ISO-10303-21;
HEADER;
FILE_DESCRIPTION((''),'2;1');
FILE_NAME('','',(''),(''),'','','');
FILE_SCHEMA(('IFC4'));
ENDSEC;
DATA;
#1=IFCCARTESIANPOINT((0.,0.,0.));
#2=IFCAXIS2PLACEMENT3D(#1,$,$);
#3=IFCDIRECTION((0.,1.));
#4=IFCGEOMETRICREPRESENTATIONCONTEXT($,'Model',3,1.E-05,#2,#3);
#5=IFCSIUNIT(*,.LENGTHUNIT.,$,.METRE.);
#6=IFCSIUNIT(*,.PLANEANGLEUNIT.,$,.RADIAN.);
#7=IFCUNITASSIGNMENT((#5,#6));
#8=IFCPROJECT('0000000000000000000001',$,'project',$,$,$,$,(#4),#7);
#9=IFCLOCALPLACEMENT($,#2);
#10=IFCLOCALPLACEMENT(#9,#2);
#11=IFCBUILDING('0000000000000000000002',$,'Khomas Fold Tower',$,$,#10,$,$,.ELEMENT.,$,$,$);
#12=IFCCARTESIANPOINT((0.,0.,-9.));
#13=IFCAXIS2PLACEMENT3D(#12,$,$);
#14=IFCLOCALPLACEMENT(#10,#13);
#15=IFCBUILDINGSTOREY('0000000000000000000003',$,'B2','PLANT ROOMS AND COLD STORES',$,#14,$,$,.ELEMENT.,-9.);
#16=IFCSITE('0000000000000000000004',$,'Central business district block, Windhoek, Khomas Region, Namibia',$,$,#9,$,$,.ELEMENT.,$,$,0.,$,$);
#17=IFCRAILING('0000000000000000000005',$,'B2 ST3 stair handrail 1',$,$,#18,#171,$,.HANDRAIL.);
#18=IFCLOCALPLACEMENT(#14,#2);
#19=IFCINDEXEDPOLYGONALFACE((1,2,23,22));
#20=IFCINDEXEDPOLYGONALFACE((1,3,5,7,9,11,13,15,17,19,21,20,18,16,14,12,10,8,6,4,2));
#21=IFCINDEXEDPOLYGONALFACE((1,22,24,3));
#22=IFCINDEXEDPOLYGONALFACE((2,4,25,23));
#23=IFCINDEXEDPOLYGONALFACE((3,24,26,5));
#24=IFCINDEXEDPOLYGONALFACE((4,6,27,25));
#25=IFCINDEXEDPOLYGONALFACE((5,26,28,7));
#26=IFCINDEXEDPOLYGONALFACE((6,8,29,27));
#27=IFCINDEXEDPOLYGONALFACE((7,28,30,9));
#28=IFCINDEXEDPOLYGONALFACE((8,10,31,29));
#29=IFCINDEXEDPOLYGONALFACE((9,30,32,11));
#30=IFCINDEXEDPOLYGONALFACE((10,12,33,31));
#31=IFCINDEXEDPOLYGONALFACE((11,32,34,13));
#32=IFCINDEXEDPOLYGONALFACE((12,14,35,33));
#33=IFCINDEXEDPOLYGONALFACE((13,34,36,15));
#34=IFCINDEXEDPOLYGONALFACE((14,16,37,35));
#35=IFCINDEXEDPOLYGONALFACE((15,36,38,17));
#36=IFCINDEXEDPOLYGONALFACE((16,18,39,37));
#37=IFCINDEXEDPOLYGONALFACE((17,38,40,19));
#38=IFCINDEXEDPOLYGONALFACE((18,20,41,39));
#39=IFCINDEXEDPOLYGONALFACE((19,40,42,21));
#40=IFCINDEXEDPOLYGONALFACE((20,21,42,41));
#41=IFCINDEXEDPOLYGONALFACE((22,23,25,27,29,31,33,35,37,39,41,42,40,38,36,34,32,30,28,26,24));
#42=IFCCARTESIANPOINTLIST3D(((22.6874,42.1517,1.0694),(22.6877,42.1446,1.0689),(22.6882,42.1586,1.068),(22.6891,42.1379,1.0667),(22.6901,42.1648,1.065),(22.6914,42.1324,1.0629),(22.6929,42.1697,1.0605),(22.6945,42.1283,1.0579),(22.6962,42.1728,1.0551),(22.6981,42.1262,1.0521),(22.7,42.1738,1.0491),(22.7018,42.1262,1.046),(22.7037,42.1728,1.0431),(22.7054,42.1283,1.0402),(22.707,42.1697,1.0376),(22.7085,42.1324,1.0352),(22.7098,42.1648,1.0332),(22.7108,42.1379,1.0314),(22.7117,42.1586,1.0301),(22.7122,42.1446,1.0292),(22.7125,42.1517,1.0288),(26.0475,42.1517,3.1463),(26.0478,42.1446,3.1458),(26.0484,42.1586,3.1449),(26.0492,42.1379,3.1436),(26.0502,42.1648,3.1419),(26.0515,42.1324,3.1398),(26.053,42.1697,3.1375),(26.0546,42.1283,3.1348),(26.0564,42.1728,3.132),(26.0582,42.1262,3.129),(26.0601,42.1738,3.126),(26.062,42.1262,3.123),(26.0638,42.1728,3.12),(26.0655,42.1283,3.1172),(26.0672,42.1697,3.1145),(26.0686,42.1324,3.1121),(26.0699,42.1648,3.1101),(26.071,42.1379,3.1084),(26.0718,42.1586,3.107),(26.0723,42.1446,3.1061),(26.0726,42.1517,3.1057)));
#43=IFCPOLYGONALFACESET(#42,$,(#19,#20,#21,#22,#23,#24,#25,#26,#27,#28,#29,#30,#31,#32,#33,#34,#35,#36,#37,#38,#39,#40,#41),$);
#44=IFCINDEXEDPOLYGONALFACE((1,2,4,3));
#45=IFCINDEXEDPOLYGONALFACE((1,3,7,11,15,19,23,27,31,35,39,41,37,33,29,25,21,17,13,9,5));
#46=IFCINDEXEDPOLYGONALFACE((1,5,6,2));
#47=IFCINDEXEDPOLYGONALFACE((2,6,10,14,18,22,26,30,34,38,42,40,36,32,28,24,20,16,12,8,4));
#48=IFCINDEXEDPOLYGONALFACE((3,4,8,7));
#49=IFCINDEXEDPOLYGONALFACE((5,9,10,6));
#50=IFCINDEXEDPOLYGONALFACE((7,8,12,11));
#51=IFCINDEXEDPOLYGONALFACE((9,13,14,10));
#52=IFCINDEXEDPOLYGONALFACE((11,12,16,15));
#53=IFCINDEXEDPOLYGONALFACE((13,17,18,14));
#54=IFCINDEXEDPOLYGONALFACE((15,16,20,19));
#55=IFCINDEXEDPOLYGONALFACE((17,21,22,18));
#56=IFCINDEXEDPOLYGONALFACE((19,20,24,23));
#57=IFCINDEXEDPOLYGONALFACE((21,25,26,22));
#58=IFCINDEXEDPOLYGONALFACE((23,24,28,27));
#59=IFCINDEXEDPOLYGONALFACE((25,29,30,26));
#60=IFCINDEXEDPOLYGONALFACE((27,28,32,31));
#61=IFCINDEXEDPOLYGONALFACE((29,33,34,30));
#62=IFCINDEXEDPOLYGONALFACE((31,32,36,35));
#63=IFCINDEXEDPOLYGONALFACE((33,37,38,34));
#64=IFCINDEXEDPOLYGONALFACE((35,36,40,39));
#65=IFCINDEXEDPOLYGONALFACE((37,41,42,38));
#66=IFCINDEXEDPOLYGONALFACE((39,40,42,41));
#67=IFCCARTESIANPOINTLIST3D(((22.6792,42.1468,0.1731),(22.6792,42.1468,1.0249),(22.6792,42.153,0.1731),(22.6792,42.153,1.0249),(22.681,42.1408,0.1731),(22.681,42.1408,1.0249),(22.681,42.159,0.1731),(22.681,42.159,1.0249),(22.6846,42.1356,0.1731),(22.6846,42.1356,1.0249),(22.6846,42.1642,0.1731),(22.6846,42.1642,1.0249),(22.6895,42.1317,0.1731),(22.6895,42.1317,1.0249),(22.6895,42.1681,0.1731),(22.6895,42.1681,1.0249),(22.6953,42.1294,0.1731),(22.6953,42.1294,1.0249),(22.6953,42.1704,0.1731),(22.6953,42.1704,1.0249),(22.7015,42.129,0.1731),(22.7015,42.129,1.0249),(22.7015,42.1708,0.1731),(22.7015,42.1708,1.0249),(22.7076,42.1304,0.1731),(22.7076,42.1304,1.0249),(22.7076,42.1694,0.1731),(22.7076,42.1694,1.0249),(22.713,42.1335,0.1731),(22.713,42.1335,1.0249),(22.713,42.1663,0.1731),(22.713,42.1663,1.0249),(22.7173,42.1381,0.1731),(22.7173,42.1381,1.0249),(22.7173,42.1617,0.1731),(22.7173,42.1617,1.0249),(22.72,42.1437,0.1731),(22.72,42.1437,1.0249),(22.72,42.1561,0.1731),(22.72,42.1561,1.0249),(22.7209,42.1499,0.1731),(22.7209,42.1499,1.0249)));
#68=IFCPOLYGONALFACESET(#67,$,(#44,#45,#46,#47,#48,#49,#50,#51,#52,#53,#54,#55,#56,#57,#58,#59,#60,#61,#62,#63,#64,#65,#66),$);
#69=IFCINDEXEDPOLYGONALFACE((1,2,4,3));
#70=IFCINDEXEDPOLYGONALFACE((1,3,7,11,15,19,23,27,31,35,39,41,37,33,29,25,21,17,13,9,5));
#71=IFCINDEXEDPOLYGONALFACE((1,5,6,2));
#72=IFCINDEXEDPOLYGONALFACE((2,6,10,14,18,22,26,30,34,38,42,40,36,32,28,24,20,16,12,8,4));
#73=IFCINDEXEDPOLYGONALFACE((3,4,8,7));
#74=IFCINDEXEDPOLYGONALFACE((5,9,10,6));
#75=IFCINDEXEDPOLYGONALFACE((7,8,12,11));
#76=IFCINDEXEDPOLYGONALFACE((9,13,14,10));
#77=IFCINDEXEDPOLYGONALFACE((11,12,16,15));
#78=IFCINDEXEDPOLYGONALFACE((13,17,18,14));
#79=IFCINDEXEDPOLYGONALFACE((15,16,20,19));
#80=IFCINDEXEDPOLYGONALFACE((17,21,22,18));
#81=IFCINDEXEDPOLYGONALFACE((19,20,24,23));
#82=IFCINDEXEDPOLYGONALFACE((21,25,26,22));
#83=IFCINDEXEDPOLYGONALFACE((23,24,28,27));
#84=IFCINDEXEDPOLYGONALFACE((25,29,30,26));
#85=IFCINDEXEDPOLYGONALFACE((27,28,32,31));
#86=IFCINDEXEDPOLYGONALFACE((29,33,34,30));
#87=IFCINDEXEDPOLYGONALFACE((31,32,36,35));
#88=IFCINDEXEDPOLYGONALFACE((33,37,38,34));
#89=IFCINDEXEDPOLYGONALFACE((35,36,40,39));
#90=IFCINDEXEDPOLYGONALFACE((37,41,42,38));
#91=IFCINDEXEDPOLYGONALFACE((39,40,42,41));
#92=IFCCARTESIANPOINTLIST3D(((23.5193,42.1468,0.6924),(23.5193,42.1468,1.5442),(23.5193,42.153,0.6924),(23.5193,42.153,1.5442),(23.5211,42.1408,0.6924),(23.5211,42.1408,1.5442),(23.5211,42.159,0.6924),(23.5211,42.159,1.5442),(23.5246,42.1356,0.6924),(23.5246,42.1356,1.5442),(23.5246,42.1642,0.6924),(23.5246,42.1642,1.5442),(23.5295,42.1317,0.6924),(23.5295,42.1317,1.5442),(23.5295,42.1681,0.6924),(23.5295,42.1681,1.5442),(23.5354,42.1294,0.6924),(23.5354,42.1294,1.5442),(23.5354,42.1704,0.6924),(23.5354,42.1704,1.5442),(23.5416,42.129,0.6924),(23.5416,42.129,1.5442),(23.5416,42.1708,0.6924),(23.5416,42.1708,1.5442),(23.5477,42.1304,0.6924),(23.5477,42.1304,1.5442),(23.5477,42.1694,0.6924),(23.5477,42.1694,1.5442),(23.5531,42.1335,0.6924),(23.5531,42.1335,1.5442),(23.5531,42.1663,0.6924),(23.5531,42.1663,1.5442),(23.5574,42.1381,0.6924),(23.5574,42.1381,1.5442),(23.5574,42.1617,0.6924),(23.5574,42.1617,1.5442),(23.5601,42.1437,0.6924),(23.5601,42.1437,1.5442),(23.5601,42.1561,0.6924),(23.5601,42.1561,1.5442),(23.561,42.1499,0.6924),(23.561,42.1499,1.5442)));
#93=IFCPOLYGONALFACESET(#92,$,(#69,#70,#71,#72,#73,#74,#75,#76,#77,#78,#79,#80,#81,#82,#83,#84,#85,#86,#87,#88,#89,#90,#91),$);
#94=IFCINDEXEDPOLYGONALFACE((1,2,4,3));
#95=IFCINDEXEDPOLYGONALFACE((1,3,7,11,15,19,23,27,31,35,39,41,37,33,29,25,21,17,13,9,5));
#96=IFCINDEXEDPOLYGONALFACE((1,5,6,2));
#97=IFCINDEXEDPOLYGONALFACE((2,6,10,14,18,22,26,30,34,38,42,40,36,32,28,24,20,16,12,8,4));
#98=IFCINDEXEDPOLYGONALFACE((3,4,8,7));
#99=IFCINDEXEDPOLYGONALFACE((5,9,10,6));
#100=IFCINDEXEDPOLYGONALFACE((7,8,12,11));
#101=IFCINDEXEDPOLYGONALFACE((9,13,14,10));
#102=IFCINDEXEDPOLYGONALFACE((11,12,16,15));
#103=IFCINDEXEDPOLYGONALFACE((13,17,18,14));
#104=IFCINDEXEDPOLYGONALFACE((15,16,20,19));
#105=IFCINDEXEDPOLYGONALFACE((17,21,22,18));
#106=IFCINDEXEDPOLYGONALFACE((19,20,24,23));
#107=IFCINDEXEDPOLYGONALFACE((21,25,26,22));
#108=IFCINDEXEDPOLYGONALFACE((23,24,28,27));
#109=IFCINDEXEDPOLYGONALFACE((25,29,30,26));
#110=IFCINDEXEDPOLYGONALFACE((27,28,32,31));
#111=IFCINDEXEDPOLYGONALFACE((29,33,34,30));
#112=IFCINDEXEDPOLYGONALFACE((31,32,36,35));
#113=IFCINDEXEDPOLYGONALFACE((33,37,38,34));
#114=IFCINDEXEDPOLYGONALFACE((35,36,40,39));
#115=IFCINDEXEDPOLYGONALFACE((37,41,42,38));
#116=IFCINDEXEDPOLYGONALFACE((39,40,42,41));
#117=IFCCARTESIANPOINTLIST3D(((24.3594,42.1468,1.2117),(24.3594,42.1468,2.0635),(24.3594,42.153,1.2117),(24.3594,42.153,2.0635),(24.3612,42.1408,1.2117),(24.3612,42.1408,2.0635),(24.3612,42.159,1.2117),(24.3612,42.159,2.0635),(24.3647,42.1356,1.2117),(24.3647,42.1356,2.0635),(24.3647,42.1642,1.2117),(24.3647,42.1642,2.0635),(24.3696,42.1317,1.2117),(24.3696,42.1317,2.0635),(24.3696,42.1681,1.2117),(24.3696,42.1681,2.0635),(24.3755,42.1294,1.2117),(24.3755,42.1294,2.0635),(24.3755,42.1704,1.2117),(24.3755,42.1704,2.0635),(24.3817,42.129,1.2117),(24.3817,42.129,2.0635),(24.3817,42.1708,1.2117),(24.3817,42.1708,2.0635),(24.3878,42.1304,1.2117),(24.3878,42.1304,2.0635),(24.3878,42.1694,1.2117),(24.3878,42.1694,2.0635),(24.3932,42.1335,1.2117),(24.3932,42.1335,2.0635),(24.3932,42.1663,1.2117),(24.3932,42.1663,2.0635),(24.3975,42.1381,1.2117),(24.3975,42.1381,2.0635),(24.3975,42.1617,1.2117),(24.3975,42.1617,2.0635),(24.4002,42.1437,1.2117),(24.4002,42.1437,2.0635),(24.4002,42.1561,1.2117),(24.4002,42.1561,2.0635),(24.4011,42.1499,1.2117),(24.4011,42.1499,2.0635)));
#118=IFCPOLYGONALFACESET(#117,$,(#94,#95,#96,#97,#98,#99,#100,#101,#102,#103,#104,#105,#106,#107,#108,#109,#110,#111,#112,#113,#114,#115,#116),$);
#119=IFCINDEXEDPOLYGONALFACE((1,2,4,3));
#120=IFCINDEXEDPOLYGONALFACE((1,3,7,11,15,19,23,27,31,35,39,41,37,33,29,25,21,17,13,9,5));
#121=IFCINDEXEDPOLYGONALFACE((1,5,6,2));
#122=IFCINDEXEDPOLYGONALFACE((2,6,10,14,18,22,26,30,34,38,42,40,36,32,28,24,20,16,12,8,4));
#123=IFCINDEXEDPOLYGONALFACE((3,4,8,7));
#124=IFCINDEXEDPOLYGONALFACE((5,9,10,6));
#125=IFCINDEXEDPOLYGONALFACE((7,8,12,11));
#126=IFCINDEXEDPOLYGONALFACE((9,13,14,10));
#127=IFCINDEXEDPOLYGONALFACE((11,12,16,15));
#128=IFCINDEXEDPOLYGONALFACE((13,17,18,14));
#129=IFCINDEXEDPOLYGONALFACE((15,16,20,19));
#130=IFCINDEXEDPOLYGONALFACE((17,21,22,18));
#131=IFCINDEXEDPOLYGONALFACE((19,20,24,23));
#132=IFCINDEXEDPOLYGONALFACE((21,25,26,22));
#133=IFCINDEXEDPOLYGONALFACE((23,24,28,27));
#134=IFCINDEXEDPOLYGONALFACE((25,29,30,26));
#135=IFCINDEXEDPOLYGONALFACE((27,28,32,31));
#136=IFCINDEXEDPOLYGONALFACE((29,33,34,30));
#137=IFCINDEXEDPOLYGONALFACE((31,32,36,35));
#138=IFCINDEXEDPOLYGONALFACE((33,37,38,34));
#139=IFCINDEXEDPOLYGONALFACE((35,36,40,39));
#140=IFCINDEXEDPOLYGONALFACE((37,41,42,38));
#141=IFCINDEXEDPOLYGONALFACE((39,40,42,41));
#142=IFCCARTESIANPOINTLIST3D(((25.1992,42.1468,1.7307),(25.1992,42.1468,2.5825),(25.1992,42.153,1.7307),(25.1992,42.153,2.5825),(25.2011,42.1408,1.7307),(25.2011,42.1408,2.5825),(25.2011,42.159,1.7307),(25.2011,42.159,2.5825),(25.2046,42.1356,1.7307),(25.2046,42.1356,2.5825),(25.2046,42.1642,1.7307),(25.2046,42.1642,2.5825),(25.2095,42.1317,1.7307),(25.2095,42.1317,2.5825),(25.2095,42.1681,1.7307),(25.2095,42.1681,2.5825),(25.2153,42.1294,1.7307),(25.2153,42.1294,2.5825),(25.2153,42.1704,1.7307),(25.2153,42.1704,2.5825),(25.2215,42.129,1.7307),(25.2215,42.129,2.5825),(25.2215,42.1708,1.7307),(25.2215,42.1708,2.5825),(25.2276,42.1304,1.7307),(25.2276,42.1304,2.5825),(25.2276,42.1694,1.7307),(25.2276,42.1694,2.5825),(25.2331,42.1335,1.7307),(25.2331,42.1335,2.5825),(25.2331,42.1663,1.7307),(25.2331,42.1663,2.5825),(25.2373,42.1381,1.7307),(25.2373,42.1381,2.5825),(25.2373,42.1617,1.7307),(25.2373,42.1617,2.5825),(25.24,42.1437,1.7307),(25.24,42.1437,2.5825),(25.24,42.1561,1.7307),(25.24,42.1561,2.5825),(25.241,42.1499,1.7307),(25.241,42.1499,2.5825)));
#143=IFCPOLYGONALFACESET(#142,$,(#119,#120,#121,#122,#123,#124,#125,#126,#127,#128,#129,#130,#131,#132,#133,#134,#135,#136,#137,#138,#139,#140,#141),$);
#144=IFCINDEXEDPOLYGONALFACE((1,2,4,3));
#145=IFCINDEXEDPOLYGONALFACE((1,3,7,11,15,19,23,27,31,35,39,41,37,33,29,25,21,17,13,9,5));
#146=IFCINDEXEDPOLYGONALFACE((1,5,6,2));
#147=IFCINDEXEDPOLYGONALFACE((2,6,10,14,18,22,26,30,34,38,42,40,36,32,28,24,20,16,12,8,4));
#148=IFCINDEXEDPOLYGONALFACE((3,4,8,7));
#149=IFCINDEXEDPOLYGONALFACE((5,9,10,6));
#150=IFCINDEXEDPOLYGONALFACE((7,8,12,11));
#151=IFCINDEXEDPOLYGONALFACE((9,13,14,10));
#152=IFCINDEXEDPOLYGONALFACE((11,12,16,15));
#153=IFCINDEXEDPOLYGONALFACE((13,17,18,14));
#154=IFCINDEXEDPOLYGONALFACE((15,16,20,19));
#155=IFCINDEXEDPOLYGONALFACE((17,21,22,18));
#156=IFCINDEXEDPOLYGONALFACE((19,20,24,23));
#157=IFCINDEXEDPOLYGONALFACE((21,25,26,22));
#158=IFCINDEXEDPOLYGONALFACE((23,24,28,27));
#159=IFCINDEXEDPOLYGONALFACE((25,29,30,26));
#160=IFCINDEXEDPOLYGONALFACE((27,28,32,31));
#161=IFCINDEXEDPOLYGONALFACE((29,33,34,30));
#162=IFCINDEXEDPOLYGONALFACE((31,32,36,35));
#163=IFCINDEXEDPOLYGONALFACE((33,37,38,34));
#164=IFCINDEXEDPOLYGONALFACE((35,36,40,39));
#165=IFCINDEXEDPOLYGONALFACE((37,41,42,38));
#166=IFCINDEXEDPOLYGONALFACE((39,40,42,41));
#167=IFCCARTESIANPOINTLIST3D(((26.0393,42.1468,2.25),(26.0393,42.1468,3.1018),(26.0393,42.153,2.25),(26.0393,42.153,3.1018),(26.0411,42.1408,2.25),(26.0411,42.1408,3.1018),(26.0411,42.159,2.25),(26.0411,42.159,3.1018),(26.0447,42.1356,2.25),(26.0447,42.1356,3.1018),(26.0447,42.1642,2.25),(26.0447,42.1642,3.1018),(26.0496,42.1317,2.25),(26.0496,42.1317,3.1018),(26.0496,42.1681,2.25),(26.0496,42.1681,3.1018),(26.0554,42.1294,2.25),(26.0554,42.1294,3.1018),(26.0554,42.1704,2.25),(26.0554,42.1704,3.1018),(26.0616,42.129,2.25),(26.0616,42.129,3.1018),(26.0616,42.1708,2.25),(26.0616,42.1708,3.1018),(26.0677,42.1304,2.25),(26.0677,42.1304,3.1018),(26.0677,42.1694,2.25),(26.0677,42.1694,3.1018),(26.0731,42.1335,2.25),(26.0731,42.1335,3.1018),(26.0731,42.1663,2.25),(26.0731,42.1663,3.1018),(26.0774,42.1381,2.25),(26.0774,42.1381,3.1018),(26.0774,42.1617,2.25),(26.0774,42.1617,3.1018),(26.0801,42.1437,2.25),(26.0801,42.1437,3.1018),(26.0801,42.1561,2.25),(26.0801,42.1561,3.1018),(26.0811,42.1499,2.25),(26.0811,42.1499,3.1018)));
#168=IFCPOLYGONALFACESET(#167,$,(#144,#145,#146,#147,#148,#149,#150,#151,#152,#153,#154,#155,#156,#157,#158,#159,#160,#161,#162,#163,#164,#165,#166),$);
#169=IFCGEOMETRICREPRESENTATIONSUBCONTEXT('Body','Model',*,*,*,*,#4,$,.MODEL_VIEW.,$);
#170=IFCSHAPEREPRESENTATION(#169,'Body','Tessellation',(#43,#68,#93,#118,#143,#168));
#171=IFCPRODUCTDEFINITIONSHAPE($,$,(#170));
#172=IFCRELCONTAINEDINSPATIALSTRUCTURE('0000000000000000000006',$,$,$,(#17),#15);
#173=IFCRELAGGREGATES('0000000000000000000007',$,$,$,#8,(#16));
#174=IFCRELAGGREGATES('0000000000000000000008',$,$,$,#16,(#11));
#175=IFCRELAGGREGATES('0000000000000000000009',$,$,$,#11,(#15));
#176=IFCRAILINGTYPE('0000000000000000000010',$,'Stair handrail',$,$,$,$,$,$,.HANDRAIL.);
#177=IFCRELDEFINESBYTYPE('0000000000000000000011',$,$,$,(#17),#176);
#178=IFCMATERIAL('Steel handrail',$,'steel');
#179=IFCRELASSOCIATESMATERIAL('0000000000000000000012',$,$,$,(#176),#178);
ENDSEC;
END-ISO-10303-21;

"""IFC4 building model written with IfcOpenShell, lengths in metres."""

from ifc_helpers import new_model, si_unit, direction, frame, origin, origin_2d, place, context, subcontext, project, spatial, circle, extrude, source, transform, mapped, material, type_object, element, save


model = new_model("IFC4")

# Units and contexts
model_context = context("Model", 3, precision=1e-05, world=origin(), true_north=direction((0.0, 1.0)))
body_context = subcontext(model_context, "Body", "Model", "MODEL_VIEW")
ifc_project = project(units=[si_unit("LENGTHUNIT", "METRE"), si_unit("PLANEANGLEUNIT", "RADIAN")], contexts=[model_context])

# Site, building, storey
site_placement = place(None, origin())
site = spatial("IfcSite", under=ifc_project, at=site_placement, Name="Central business district block, Windhoek, Khomas Region, Namibia", CompositionType="ELEMENT", RefElevation=0.0)
building_placement = place(site_placement, origin())
building = spatial("IfcBuilding", under=site, at=building_placement, Name="Khomas Fold Tower", CompositionType="ELEMENT")
storey_placement = place(building_placement, frame((0.0, 0.0, -9.0)))
storey = spatial("IfcBuildingStorey", under=building, at=storey_placement, Name="B2", Description="PLANT ROOMS AND COLD STORES", CompositionType="ELEMENT", Elevation=-9.0)

# Railing
ifc_material_1 = material(Name="Steel handrail", Category="steel")
railing_type_1 = type_object("IfcRailingType", Name="Stair handrail", PredefinedType="HANDRAIL", material=ifc_material_1)
shared_shape_1 = source(origin(), body_context, "Body", "SweptSolid", [
    extrude(circle(Radius=0.0239, at=origin_2d()), frame((0.0, 0.0, 0.876), z_axis=(0.850623, 0.0, 0.525776), x_axis=(0.0, 1.0, 0.0)), (0.0, 0.0, 1.0), 3.9502),
    extrude(circle(Radius=0.021, at=origin_2d()), origin(), (0.0, 0.0, 1.0), 0.8518),
    extrude(circle(Radius=0.021, at=origin_2d()), frame((0.8401, 0.0, 0.5193)), (0.0, 0.0, 1.0), 0.8518),
    extrude(circle(Radius=0.021, at=origin_2d()), frame((1.6802, 0.0, 1.0386)), (0.0, 0.0, 1.0), 0.8518),
    extrude(circle(Radius=0.021, at=origin_2d()), frame((2.52, 0.0, 1.5576)), (0.0, 0.0, 1.0), 0.8518),
    extrude(circle(Radius=0.021, at=origin_2d()), frame((3.3601, 0.0, 2.0769)), (0.0, 0.0, 1.0), 0.8518),
])
railing_1_placement = place(storey_placement, frame((22.7, 42.1499, 0.1731)))
element("IfcRailing", 1, at=railing_1_placement, inside=storey, type_object=railing_type_1, Name="B2 ST3 stair handrail 1", PredefinedType="HANDRAIL", context=body_context, shape_type="MappedRepresentation", body=[
    mapped(shared_shape_1, transform((0.0, 0.0, 0.0))),
])

save(model, "model.ifc")
